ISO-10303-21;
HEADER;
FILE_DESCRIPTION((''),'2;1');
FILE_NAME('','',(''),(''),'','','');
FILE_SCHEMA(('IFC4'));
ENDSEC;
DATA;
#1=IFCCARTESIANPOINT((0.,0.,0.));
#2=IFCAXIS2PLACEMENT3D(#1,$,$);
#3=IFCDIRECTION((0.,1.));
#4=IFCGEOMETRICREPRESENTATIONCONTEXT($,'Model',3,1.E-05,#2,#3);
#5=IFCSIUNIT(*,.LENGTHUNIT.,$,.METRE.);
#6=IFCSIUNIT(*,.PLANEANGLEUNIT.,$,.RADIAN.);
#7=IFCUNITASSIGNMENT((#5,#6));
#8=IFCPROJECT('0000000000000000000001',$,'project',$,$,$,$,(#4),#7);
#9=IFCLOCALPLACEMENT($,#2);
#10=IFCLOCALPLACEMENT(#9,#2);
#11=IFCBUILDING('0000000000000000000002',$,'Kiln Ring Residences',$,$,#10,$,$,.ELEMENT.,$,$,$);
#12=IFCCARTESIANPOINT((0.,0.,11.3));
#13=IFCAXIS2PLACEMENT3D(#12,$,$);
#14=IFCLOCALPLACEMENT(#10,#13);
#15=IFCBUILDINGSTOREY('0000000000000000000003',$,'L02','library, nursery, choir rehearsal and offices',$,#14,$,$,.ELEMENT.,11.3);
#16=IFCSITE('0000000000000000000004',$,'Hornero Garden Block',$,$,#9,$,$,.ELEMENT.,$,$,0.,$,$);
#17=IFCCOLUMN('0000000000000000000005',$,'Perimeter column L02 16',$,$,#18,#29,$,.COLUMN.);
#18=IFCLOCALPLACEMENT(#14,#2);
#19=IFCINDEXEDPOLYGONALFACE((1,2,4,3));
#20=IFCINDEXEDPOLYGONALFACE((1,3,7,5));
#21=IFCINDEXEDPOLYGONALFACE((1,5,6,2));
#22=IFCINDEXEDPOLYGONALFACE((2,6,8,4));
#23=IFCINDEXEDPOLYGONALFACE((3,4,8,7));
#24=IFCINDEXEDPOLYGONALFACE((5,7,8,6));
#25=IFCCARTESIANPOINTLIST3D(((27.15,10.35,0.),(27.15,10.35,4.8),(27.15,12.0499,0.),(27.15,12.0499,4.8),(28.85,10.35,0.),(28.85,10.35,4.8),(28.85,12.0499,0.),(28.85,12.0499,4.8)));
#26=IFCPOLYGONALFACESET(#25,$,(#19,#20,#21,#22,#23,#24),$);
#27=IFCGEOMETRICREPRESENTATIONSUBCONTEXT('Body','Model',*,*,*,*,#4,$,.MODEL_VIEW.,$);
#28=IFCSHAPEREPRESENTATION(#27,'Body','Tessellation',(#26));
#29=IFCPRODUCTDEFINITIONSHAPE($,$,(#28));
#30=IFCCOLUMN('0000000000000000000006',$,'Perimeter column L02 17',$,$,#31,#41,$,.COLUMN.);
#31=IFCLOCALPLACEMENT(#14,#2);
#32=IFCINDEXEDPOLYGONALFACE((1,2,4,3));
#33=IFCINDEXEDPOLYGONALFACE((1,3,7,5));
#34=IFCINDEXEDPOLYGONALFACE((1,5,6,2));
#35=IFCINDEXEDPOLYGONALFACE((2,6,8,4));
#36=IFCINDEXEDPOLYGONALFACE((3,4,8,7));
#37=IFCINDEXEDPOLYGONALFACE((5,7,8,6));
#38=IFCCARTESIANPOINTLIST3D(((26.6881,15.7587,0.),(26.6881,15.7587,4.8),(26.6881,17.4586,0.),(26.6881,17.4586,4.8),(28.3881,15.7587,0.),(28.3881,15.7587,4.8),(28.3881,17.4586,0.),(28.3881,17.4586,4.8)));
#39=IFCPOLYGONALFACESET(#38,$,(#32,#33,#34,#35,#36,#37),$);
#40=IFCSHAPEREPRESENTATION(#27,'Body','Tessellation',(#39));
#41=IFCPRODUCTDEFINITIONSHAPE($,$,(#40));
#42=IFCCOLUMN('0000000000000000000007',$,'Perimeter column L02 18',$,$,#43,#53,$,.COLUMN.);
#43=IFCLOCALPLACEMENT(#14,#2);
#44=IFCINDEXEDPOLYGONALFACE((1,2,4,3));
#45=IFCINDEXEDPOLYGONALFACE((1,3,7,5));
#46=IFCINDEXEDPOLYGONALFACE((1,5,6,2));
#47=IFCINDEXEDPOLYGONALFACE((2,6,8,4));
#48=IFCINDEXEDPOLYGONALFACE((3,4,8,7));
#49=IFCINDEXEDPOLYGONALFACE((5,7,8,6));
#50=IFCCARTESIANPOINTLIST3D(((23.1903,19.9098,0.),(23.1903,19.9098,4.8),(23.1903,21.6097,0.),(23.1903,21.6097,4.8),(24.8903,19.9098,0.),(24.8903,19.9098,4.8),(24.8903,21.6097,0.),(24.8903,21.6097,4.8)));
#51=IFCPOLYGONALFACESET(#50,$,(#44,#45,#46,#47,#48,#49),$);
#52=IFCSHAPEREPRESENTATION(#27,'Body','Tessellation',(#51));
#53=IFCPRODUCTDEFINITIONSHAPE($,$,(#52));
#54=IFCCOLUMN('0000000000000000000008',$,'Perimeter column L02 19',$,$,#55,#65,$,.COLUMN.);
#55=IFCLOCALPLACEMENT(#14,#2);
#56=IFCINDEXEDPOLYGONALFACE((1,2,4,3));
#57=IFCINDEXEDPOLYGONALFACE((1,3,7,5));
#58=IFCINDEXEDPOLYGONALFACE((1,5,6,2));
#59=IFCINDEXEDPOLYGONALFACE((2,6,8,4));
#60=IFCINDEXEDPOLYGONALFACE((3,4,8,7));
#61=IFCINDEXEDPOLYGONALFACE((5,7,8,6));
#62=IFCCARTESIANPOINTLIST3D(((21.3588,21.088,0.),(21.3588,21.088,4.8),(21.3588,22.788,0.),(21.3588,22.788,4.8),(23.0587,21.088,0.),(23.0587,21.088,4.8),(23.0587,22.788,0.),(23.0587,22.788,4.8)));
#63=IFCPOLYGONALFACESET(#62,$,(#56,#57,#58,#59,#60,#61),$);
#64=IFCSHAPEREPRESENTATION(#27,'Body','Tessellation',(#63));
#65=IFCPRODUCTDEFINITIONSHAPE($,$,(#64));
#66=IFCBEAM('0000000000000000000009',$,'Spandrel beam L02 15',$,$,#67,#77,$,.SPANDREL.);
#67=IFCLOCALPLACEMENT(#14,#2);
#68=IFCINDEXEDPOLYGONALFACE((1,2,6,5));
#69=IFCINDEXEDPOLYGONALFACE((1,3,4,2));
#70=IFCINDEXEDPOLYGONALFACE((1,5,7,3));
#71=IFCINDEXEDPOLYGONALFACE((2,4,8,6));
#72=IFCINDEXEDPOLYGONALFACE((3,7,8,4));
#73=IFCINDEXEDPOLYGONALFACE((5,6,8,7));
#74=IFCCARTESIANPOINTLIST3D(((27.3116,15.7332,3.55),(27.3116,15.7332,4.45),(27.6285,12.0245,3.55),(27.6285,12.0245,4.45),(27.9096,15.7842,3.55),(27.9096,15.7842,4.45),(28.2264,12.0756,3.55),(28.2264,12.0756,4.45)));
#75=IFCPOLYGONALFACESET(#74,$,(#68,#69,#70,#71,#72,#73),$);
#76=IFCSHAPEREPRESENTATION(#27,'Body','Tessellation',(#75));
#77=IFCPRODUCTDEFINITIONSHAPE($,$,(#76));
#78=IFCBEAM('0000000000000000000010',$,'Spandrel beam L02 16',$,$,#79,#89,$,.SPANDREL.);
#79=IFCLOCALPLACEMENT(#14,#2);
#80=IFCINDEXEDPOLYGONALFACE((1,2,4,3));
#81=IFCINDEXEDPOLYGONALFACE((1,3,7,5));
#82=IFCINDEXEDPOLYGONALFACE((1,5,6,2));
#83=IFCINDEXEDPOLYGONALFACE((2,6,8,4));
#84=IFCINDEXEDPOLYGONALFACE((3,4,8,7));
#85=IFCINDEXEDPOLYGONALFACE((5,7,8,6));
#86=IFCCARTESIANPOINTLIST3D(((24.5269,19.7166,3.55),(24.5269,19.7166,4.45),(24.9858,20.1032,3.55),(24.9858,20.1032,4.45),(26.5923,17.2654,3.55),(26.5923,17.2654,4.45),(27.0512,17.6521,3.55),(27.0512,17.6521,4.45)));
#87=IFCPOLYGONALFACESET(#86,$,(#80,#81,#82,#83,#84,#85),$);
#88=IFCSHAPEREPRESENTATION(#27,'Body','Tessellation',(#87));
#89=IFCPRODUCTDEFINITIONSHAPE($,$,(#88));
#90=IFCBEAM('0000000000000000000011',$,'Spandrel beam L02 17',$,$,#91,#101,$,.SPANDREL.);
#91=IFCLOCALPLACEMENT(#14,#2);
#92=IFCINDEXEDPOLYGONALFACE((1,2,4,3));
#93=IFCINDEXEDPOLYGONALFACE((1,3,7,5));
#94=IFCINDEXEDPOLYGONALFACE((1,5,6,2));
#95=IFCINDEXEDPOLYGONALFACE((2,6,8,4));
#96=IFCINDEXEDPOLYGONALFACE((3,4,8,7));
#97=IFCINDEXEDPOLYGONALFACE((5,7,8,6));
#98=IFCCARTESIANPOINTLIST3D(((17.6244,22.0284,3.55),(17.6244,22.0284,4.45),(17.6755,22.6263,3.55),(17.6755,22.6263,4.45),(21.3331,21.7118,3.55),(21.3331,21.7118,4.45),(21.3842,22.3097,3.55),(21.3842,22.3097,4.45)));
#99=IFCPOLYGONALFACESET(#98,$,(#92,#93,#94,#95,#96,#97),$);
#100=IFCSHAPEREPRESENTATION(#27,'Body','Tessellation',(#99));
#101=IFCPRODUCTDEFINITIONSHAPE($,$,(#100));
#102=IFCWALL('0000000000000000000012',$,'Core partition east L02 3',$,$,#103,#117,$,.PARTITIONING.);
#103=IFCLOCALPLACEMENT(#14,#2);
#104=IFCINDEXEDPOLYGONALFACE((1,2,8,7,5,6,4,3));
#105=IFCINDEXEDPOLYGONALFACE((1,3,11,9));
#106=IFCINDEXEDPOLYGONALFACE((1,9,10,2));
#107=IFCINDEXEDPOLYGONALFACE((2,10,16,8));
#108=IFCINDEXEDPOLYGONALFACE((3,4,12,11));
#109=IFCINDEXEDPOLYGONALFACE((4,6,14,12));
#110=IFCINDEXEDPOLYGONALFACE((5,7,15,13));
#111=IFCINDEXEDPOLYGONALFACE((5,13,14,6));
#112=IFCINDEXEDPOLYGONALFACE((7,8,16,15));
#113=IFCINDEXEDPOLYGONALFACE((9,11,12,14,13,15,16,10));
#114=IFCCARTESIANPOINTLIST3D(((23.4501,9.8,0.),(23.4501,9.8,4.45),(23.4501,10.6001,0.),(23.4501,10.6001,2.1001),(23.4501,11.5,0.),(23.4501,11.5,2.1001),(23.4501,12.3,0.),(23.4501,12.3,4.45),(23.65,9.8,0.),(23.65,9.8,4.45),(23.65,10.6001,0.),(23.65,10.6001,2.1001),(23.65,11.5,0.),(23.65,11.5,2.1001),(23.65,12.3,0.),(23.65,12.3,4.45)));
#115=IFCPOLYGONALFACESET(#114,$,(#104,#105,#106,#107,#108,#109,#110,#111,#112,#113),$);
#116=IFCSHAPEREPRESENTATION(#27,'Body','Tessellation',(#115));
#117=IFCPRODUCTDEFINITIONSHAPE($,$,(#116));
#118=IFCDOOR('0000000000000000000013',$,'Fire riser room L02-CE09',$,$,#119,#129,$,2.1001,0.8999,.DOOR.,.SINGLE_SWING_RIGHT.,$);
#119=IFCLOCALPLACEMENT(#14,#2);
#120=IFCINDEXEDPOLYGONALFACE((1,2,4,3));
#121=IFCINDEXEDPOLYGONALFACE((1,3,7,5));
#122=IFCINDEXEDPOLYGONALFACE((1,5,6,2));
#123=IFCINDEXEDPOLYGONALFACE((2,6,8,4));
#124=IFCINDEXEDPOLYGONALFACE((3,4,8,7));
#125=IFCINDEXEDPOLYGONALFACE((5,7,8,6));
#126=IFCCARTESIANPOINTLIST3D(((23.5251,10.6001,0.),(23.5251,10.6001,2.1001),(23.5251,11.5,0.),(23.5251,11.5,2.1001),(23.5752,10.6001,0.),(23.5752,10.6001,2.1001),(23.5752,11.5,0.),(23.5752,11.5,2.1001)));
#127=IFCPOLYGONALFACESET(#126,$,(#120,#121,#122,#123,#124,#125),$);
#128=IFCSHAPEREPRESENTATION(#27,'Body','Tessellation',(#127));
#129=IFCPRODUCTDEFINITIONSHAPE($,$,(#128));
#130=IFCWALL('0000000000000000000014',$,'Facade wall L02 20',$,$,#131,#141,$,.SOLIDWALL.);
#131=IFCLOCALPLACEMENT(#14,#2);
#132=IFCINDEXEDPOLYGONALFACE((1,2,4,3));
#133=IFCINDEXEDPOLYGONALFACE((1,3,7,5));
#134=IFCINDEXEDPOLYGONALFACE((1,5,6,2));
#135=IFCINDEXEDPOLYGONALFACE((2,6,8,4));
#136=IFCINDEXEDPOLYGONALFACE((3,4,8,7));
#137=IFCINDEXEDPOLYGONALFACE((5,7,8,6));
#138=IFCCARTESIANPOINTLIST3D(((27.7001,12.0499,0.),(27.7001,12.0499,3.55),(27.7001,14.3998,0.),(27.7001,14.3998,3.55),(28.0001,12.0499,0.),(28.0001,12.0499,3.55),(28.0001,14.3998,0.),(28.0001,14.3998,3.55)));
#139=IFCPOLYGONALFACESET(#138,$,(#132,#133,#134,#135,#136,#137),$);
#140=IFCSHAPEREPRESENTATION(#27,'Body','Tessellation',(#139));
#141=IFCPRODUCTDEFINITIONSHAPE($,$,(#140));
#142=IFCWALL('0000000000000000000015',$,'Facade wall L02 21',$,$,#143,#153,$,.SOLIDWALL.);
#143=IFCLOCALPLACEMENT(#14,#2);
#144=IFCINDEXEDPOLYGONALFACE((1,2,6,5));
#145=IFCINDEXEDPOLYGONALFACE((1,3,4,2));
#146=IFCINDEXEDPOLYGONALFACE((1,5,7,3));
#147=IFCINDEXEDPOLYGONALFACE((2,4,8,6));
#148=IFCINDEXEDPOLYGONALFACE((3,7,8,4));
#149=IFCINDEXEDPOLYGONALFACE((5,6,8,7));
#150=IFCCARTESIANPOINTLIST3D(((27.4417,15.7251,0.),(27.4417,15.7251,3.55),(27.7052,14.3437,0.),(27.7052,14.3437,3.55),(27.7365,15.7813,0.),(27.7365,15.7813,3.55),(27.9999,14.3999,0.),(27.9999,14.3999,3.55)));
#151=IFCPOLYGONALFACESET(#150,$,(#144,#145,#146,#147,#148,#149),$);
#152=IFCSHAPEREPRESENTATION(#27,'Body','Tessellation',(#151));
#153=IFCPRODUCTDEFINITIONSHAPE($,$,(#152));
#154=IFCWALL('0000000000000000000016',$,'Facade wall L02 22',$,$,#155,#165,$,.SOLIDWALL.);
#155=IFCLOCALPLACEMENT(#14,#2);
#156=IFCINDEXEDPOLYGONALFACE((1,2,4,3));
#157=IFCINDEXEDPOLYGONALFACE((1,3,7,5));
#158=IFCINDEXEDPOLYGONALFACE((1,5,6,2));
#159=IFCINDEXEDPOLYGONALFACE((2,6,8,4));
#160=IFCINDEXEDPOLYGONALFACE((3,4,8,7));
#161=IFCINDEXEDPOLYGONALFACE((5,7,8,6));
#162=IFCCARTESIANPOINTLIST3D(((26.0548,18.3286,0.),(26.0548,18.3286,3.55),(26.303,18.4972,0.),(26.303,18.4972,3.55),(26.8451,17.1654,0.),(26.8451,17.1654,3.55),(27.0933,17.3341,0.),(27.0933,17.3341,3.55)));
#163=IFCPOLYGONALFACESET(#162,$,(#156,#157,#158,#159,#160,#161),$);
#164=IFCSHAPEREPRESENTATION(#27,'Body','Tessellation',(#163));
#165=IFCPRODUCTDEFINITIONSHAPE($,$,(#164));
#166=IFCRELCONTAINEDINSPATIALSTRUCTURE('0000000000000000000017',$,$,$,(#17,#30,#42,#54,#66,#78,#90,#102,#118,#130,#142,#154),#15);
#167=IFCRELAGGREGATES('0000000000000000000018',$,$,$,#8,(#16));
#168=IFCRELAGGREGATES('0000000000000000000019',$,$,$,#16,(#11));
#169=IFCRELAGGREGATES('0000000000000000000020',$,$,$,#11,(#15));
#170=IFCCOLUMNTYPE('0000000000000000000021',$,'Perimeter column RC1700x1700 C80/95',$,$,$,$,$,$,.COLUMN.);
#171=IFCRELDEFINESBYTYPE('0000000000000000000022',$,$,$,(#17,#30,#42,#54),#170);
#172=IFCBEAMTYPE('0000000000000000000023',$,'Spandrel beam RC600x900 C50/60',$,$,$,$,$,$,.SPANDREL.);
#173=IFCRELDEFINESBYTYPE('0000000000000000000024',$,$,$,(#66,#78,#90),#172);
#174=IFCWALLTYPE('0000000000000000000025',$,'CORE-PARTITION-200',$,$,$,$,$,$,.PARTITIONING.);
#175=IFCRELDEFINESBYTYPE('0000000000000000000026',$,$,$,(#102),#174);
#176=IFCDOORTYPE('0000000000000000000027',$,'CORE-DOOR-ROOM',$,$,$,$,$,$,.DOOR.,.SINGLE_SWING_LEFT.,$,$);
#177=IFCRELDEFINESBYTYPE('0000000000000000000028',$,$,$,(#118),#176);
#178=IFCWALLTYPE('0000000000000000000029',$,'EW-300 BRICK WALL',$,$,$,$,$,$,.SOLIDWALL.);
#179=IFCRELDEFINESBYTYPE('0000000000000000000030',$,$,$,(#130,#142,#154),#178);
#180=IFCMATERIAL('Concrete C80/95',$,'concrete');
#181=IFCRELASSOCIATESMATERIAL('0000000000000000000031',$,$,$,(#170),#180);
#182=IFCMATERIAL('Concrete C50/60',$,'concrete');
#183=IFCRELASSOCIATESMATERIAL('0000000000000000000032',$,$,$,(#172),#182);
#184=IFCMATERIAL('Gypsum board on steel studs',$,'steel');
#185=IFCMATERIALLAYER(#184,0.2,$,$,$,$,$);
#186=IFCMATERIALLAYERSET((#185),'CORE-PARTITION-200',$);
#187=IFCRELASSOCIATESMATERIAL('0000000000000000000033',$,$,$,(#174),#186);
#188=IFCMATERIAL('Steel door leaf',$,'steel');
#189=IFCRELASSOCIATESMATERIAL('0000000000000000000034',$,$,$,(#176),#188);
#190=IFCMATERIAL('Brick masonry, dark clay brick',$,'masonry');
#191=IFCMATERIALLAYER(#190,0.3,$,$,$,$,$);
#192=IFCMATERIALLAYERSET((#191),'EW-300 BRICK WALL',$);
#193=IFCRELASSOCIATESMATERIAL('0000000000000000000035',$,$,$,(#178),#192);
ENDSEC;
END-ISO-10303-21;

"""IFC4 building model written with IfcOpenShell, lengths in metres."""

from ifc_helpers import new_model, si_unit, direction, frame, frame_2d, origin, origin_2d, place, context, subcontext, project, spatial, rectangle, extrude, material, layer, layer_set, material_profile, profile_set, type_object, element, fill, save


model = new_model("IFC4")

# Units and contexts
model_context = context("Model", 3, precision=1e-05, world=origin(), true_north=direction((0.0, 1.0)))
body_context = subcontext(model_context, "Body", "Model", "MODEL_VIEW")
ifc_project = project(units=[si_unit("LENGTHUNIT", "METRE"), si_unit("PLANEANGLEUNIT", "RADIAN")], contexts=[model_context])

# Site, building, storey
site_placement = place(None, origin())
site = spatial("IfcSite", under=ifc_project, at=site_placement, Name="Hornero Garden Block", CompositionType="ELEMENT", RefElevation=0.0)
building_placement = place(site_placement, origin())
building = spatial("IfcBuilding", under=site, at=building_placement, Name="Kiln Ring Residences", CompositionType="ELEMENT")
storey_placement = place(building_placement, frame((0.0, 0.0, 11.3)))
storey = spatial("IfcBuildingStorey", under=building, at=storey_placement, Name="L02", Description="library, nursery, choir rehearsal and offices", CompositionType="ELEMENT", Elevation=11.3)

# Columns
ifc_material_1 = material(Name="Concrete C80/95", Category="concrete")
ifc_material_profile_1 = material_profile(ifc_material_1, rectangle(XDim=1.7, YDim=1.7, at=origin_2d()), Name="RC1700x1700")
ifc_profile_set_1 = profile_set([ifc_material_profile_1], Name="Concrete C80/95")
column_type = type_object("IfcColumnType", Name="Perimeter column RC1700x1700 C80/95", PredefinedType="COLUMN", material=ifc_profile_set_1)
for number, where, z_axis, x_axis, name in (
    (1, (28.0, 11.2, 0.0), (0.0, 0.0, 1.0), (1.0, 0.0, 0.0), "Perimeter column L02 16"),
    (2, (27.5381, 16.6086, 0.0), (0.0, 0.0, 1.0), (1.0, 0.0, 0.0), "Perimeter column L02 17"),
    (3, (24.0403, 20.7598, 0.0), (0.0, 0.0, 1.0), (1.0, 0.0, 0.0), "Perimeter column L02 18"),
    (4, (22.2087, 21.938, 0.0), (0.0, 0.0, 1.0), (1.0, 0.0, 0.0), "Perimeter column L02 19"),
):
    element("IfcColumn", number, at=place(storey_placement, frame(where, z_axis=z_axis, x_axis=x_axis)), inside=storey, type_object=column_type, Name=name, PredefinedType="COLUMN", context=body_context, shape_type="SweptSolid", body=[
        extrude(rectangle(XDim=1.7, YDim=1.7, at=origin_2d()), origin(), (0.0, 0.0, 1.0), 4.8),
    ])

# Beams
ifc_material_2 = material(Name="Concrete C50/60", Category="concrete")
ifc_material_profile_2 = material_profile(ifc_material_2, rectangle(XDim=0.6001, YDim=0.8999, at=origin_2d()), Name="RC600x900")
ifc_profile_set_2 = profile_set([ifc_material_profile_2], Name="Concrete C50/60")
beam_type = type_object("IfcBeamType", Name="Spandrel beam RC600x900 C50/60", PredefinedType="SPANDREL", material=ifc_profile_set_2)
beam_1_placement = place(storey_placement, frame((27.9275, 12.05, 4.0), z_axis=(-0.085135, 0.996369, 0.0), x_axis=(-0.996369, -0.085135, 0.0)))
element("IfcBeam", 5, at=beam_1_placement, inside=storey, type_object=beam_type, Name="Spandrel beam L02 15", PredefinedType="SPANDREL", context=body_context, shape_type="SweptSolid", body=[
    extrude(rectangle(XDim=0.6001, YDim=0.8999, at=origin_2d()), origin(), (0.0, 0.0, 1.0), 3.7222),
])
beam_2_placement = place(storey_placement, frame((26.8218, 17.4587, 4.0), z_axis=(-0.64437, 0.764714, 0.0), x_axis=(-0.764714, -0.64437, 0.0)))
element("IfcBeam", 6, at=beam_2_placement, inside=storey, type_object=beam_type, Name="Spandrel beam L02 16", PredefinedType="SPANDREL", context=body_context, shape_type="SweptSolid", body=[
    extrude(rectangle(XDim=0.6001, YDim=0.8999, at=origin_2d()), origin(), (0.0, 0.0, 1.0), 3.2053),
])
beam_3_placement = place(storey_placement, frame((21.3586, 22.0107, 4.0), z_axis=(-0.996375, 0.08507, 0.0), x_axis=(-0.08507, -0.996375, 0.0)))
element("IfcBeam", 7, at=beam_3_placement, inside=storey, type_object=beam_type, Name="Spandrel beam L02 17", PredefinedType="SPANDREL", context=body_context, shape_type="SweptSolid", body=[
    extrude(rectangle(XDim=0.6001, YDim=0.8999, at=origin_2d()), origin(), (0.0, 0.0, 1.0), 3.7222),
])

# Wall, opening, door
ifc_material_3 = material(Name="Gypsum board on steel studs", Category="steel")
ifc_layer_1 = layer(ifc_material_3, 0.2)
ifc_layer_set_1 = layer_set([ifc_layer_1], Name="CORE-PARTITION-200")
wall_type_1 = type_object("IfcWallType", Name="CORE-PARTITION-200", PredefinedType="PARTITIONING", material=ifc_layer_set_1)
wall_1_placement = place(storey_placement, frame((23.55, 9.8, 0.0), z_axis=(0.0, 0.0, 1.0), x_axis=(0.0, 1.0, 0.0)))
wall_1 = element("IfcWall", 8, at=wall_1_placement, inside=storey, type_object=wall_type_1, Name="Core partition east L02 3", PredefinedType="PARTITIONING", context=body_context, shape_type="SweptSolid", body=[
    extrude(rectangle(XDim=2.5, YDim=0.2, at=frame_2d((1.25, 0.0))), origin(), (0.0, 0.0, 1.0), 4.45),
])
opening_1_placement = place(wall_1_placement, frame((0.8, 0.0, 0.0)))
opening_1 = element("IfcOpeningElement", 9, at=opening_1_placement, cuts=wall_1, PredefinedType="OPENING", context=body_context, shape_type="SweptSolid", body=[
    extrude(rectangle(XDim=0.8999, YDim=2.1001, at=frame_2d((0.45, 1.05))), frame((0.0, 0.1099, 0.0), z_axis=(0.0, -1.0, 0.0), x_axis=(1.0, 0.0, 0.0)), (0.0, 0.0, 1.0), 0.22),
])
ifc_material_4 = material(Name="Steel door leaf", Category="steel")
door_type = type_object("IfcDoorType", Name="CORE-DOOR-ROOM", OperationType="SINGLE_SWING_LEFT", PredefinedType="DOOR", material=ifc_material_4)
door_placement = place(opening_1_placement, origin())
door = element("IfcDoor", 10, at=door_placement, inside=storey, type_object=door_type, Name="Fire riser room L02-CE09", OperationType="SINGLE_SWING_RIGHT", OverallHeight=2.1001, OverallWidth=0.8999, PredefinedType="DOOR", context=body_context, shape_type="SweptSolid", body=[
    extrude(rectangle(XDim=0.8999, YDim=2.1001, at=frame_2d((0.45, 1.05))), frame((0.0, 0.0249, 0.0), z_axis=(0.0, -1.0, 0.0), x_axis=(1.0, 0.0, 0.0)), (0.0, 0.0, 1.0), 0.05),
])
fill(opening_1, door)

# Walls
ifc_material_5 = material(Name="Brick masonry, dark clay brick", Category="masonry")
ifc_layer_2 = layer(ifc_material_5, 0.3)
ifc_layer_set_2 = layer_set([ifc_layer_2], Name="EW-300 BRICK WALL")
wall_type_2 = type_object("IfcWallType", Name="EW-300 BRICK WALL", PredefinedType="SOLIDWALL", material=ifc_layer_set_2)
wall_2_placement = place(storey_placement, frame((27.8501, 12.05, 0.0), z_axis=(0.0, 0.0, 1.0), x_axis=(0.0, 1.0, 0.0)))
element("IfcWall", 11, at=wall_2_placement, inside=storey, type_object=wall_type_2, Name="Facade wall L02 20", PredefinedType="SOLIDWALL", context=body_context, shape_type="SweptSolid", body=[
    extrude(rectangle(XDim=2.3499, YDim=0.3, at=frame_2d((1.1748, 0.0))), origin(), (0.0, 0.0, 1.0), 3.55),
])
for number, where, z_axis, x_axis, name in (
    (12, (27.8525, 14.3718, 0.0), (0.0, 0.0, 1.0), (-0.187328, 0.982298, 0.0), "Facade wall L02 21"),
    (13, (26.9692, 17.2498, 0.0), (0.0, 0.0, 1.0), (-0.562011, 0.82713, 0.0), "Facade wall L02 22"),
):
    element("IfcWall", number, at=place(storey_placement, frame(where, z_axis=z_axis, x_axis=x_axis)), inside=storey, type_object=wall_type_2, Name=name, PredefinedType="SOLIDWALL", context=body_context, shape_type="SweptSolid", body=[
        extrude(rectangle(XDim=1.4062, YDim=0.3, at=frame_2d((0.7031, 0.0))), origin(), (0.0, 0.0, 1.0), 3.55),
    ])

save(model, "model.ifc")
